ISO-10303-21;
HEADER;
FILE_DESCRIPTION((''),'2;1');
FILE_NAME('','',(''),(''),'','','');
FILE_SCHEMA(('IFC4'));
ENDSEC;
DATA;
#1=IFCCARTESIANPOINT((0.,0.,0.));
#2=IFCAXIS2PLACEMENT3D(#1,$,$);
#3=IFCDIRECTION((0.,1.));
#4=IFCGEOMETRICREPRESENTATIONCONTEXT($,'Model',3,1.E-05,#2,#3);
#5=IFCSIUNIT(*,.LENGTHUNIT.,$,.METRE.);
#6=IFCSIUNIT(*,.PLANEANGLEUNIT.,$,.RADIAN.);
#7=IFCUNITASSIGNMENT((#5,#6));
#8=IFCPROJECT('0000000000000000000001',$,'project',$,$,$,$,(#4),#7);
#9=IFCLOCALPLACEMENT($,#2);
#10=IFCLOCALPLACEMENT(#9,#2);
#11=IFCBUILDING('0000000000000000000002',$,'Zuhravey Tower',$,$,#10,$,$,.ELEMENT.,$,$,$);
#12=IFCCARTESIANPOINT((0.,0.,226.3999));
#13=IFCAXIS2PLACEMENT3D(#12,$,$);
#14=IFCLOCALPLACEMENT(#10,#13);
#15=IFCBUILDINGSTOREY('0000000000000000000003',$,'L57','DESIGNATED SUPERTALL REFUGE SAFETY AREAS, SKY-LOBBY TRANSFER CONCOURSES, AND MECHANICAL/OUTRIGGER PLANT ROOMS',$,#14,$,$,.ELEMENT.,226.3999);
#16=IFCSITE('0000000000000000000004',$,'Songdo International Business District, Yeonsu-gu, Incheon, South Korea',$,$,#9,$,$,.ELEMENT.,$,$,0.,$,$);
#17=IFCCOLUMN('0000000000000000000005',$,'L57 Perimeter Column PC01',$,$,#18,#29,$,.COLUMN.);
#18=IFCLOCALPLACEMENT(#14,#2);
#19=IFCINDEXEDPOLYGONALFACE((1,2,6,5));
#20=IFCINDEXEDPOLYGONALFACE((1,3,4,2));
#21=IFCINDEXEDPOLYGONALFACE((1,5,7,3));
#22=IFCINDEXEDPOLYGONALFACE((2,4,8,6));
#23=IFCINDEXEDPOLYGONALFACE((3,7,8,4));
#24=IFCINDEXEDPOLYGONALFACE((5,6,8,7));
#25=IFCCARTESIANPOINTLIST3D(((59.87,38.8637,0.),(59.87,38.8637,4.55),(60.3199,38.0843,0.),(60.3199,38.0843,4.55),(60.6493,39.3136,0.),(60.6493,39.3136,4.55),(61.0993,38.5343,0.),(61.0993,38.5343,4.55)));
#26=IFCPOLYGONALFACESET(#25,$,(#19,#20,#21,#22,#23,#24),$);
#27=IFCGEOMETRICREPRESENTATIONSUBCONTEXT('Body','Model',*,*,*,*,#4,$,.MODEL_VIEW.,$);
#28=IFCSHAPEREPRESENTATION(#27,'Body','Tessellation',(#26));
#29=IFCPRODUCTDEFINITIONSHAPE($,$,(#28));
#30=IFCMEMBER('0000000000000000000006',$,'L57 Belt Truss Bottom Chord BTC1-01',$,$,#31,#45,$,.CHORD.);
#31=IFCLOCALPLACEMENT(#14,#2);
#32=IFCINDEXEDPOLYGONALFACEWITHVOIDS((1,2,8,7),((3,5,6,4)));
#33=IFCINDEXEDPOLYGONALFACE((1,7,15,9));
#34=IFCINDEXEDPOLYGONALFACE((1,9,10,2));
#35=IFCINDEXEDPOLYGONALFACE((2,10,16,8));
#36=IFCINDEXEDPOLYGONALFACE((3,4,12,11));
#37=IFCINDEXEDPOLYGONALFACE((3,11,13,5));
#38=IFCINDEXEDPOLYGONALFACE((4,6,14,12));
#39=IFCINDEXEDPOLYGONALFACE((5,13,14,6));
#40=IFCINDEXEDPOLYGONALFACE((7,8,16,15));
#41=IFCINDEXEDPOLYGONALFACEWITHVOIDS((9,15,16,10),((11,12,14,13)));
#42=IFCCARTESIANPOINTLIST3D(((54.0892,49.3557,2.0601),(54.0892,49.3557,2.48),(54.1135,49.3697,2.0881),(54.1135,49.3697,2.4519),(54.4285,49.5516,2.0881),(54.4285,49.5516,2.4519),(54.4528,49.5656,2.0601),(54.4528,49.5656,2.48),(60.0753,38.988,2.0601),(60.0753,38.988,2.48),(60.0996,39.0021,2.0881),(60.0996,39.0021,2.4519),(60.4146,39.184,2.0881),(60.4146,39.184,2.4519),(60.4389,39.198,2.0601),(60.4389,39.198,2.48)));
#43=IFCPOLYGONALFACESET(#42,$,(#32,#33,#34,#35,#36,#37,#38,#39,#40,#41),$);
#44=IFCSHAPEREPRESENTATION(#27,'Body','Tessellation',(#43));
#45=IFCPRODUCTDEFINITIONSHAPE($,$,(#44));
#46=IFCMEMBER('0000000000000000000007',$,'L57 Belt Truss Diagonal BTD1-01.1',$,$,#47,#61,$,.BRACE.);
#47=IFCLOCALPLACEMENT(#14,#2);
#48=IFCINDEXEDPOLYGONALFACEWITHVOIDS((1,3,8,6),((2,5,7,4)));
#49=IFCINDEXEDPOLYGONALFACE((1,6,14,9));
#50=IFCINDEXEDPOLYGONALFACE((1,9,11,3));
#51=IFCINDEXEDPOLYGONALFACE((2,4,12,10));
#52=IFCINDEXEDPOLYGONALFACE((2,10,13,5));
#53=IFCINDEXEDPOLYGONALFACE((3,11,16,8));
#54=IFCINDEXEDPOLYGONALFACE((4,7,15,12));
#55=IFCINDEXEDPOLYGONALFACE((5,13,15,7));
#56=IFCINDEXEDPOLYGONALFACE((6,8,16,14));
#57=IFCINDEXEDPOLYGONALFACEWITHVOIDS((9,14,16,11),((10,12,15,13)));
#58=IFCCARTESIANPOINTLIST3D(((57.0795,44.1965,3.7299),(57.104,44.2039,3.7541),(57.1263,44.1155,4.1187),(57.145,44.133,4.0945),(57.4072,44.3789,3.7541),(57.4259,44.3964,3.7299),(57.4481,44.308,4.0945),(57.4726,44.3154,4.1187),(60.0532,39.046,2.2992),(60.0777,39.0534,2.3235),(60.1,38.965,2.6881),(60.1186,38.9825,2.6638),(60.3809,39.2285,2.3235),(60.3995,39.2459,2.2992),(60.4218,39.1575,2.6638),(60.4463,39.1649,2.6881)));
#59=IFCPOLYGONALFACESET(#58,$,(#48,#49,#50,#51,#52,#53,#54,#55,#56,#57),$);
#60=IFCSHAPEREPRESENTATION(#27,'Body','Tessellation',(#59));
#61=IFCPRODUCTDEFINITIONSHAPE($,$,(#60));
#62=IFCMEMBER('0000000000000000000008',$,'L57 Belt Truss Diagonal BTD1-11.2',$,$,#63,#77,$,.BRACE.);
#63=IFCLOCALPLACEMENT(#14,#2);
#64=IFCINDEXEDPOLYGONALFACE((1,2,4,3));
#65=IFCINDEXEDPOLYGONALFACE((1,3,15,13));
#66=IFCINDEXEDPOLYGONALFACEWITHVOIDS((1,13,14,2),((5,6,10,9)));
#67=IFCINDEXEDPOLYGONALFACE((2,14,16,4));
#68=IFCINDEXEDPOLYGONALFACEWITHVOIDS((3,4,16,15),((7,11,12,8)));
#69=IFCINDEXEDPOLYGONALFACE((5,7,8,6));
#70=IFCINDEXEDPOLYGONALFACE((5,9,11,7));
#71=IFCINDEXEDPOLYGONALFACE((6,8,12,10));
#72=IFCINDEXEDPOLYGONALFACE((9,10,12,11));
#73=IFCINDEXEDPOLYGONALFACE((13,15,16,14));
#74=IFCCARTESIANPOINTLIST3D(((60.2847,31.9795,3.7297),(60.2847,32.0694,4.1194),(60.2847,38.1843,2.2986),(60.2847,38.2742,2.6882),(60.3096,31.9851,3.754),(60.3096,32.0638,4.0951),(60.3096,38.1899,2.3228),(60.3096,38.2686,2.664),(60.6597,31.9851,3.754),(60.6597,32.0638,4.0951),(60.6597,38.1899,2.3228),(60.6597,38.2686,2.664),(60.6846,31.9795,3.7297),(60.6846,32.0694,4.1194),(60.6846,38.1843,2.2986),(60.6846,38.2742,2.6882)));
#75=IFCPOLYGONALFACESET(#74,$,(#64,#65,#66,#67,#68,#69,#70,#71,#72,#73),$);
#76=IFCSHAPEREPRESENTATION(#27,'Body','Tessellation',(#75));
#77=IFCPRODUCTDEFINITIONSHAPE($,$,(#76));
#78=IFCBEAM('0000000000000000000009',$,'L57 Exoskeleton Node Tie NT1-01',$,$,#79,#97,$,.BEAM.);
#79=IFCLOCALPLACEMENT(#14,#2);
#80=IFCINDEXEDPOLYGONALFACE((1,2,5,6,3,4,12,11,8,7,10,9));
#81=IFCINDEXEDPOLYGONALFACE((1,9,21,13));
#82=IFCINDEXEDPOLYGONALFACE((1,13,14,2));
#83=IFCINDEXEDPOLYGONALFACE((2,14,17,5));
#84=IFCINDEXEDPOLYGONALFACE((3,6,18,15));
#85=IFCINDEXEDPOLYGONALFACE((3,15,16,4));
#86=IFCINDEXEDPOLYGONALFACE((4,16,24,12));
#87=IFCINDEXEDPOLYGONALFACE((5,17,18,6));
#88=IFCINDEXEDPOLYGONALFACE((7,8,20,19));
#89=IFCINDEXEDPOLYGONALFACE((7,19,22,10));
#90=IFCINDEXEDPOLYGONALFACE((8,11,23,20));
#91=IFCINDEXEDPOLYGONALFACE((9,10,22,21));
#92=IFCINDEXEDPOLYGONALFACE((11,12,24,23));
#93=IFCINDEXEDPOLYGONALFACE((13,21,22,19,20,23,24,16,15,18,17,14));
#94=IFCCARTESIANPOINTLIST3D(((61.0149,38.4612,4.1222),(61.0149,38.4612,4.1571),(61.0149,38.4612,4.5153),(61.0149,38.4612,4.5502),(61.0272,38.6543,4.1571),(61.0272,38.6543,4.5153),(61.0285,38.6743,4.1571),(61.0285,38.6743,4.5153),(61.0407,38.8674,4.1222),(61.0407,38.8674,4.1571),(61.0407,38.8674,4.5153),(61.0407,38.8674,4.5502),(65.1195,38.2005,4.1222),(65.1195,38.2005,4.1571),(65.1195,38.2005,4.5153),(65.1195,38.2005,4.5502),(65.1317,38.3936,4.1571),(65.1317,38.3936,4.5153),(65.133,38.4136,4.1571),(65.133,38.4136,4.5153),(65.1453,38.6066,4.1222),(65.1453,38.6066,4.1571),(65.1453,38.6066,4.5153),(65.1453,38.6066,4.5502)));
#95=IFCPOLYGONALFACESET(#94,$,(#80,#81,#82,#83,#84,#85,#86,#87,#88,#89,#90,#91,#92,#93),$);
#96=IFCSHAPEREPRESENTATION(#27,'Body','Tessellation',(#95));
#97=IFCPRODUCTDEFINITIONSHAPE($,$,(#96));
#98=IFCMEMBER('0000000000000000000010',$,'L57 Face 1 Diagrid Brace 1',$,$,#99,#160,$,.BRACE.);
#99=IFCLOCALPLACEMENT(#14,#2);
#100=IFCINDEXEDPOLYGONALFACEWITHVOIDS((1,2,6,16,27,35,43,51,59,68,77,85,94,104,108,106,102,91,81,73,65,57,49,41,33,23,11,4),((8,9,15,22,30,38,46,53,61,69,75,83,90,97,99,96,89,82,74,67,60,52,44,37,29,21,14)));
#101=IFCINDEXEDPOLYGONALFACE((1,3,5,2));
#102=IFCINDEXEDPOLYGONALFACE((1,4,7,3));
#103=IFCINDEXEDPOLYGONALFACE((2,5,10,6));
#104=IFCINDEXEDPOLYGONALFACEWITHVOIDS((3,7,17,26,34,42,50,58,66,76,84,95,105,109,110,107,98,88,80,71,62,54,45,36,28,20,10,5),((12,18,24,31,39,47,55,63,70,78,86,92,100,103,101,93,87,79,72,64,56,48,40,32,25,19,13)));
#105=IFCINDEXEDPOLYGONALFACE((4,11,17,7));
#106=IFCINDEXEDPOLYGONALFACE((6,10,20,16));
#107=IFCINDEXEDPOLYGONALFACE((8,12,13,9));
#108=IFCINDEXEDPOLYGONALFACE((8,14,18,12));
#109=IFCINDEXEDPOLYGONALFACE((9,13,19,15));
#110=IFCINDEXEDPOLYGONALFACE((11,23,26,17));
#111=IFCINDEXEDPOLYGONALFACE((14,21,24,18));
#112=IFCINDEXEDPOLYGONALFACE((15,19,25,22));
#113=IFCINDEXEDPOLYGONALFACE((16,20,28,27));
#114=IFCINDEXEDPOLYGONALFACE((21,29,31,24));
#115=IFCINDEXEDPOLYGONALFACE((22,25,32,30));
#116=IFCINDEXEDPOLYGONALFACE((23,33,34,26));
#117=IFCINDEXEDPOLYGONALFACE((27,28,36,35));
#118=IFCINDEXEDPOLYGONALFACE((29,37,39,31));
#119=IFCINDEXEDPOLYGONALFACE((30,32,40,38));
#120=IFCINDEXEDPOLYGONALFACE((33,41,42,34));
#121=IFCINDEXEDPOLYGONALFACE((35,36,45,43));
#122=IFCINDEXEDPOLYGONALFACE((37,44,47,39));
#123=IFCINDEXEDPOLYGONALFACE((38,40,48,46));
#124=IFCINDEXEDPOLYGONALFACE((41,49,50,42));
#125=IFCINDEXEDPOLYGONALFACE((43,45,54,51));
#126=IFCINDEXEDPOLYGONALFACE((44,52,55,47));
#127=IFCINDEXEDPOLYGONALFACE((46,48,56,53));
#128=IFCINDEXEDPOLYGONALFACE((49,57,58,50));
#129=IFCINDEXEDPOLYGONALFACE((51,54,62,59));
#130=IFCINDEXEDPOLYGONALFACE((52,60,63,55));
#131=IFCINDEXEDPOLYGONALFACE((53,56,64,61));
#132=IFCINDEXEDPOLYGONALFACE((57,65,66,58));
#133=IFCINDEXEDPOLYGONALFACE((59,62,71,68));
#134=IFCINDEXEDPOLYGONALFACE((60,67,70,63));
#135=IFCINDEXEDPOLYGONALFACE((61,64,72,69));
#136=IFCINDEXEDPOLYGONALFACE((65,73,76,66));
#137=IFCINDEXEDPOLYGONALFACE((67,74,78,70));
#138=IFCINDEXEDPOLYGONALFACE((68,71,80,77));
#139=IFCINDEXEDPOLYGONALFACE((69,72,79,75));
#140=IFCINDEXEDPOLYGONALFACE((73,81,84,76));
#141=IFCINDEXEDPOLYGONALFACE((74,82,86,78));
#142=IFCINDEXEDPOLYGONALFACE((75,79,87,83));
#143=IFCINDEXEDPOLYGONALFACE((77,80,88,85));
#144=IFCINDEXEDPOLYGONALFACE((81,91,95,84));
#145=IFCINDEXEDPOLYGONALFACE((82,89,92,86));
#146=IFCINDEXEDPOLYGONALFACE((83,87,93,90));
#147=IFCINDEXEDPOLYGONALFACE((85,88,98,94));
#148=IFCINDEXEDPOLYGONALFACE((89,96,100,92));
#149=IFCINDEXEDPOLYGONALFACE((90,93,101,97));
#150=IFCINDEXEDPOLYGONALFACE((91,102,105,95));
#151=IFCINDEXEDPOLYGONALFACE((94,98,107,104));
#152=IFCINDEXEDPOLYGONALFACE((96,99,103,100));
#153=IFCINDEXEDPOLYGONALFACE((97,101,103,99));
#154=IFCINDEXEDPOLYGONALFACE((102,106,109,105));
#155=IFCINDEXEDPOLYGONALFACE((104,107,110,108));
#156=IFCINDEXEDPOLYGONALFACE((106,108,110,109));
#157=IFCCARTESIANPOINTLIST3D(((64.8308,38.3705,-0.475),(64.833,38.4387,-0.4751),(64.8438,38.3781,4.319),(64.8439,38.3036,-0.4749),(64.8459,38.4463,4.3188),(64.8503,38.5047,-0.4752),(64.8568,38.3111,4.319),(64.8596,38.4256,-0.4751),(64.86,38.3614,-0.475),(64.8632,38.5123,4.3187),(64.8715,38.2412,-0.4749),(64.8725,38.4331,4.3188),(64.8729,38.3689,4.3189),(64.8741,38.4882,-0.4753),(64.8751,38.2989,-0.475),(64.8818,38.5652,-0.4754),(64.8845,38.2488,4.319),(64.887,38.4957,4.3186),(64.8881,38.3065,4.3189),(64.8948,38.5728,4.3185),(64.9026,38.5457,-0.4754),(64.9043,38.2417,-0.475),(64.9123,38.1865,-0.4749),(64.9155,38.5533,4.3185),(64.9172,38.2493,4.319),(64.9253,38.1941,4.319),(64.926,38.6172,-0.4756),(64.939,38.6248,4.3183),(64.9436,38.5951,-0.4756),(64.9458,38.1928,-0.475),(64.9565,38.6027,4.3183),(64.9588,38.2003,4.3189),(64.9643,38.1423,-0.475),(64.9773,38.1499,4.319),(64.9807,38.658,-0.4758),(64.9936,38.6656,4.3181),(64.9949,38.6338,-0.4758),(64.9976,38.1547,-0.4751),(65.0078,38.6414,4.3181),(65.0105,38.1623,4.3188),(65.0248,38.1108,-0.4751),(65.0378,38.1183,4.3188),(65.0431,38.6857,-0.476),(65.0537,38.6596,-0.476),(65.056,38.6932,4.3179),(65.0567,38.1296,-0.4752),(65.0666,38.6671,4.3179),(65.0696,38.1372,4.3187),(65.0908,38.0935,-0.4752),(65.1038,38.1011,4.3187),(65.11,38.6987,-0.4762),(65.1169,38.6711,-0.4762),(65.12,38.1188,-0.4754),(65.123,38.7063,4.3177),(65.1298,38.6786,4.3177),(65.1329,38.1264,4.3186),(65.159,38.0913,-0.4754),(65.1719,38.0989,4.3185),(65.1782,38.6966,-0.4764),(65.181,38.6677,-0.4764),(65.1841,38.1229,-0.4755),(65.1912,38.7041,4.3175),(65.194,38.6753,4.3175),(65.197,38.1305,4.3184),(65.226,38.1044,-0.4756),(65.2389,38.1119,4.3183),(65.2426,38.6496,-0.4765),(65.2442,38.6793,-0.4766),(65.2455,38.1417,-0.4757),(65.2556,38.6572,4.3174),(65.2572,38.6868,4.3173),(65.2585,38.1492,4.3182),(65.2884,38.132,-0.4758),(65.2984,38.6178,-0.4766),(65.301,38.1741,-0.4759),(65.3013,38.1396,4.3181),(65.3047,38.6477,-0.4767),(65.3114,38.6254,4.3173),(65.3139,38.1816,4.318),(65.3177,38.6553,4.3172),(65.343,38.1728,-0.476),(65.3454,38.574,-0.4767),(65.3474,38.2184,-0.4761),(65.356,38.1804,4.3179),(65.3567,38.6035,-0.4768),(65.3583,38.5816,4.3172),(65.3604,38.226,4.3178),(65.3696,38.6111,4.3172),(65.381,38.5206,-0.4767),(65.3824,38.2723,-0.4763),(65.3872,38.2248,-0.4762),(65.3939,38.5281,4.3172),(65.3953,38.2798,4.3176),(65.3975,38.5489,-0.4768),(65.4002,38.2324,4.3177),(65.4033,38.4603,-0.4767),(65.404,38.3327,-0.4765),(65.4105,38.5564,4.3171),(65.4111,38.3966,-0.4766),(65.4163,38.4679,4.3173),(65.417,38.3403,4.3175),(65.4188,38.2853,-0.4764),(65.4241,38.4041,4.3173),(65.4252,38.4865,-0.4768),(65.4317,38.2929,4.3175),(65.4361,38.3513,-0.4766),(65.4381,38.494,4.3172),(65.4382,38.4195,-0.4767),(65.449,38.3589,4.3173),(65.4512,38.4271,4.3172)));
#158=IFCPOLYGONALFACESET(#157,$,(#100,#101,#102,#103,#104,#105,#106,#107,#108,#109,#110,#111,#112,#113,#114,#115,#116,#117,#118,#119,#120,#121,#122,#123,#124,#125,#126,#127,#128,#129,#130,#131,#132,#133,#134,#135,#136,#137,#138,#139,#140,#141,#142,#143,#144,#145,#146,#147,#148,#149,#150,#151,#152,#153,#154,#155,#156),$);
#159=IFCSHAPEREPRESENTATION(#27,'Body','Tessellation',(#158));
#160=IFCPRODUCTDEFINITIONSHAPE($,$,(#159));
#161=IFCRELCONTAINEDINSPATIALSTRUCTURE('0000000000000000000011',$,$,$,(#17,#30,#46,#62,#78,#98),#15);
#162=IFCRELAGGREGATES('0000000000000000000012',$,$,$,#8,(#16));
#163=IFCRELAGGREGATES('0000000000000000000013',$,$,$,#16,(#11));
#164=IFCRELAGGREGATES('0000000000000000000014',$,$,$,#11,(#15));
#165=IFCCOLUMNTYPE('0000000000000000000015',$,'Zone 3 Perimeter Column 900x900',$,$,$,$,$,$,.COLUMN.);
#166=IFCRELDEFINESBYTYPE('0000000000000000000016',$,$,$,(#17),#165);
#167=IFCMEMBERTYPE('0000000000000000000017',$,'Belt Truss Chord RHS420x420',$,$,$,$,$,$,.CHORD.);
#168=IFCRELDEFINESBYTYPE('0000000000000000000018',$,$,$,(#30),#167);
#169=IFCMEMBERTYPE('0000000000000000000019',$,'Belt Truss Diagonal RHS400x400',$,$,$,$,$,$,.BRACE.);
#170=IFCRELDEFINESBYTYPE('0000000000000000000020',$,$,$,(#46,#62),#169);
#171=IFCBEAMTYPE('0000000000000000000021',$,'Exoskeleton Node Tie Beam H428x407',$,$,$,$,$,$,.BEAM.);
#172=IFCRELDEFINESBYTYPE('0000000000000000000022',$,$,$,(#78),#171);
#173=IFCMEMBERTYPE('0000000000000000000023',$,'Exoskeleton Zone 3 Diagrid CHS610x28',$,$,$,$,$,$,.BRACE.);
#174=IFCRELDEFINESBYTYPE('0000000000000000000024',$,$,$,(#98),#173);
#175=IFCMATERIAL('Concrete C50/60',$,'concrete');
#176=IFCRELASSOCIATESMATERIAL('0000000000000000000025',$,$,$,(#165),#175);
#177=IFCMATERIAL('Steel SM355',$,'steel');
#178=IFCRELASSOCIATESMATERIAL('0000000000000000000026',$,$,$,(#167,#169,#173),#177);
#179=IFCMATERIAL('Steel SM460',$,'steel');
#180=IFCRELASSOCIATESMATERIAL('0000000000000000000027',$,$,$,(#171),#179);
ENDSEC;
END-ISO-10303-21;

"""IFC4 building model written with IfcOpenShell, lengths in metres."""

from ifc_helpers import new_model, si_unit, direction, frame, origin, origin_2d, place, context, subcontext, project, spatial, rectangle, hollow_rectangle, hollow_circle, i_section, extrude, material, material_profile, profile_set, type_object, element, save


model = new_model("IFC4")

# Units and contexts
model_context = context("Model", 3, precision=1e-05, world=origin(), true_north=direction((0.0, 1.0)))
body_context = subcontext(model_context, "Body", "Model", "MODEL_VIEW")
ifc_project = project(units=[si_unit("LENGTHUNIT", "METRE"), si_unit("PLANEANGLEUNIT", "RADIAN")], contexts=[model_context])

# Site, building, storey
site_placement = place(None, origin())
site = spatial("IfcSite", under=ifc_project, at=site_placement, Name="Songdo International Business District, Yeonsu-gu, Incheon, South Korea", CompositionType="ELEMENT", RefElevation=0.0)
building_placement = place(site_placement, origin())
building = spatial("IfcBuilding", under=site, at=building_placement, Name="Zuhravey Tower", CompositionType="ELEMENT")
storey_placement = place(building_placement, frame((0.0, 0.0, 226.3999)))
storey = spatial("IfcBuildingStorey", under=building, at=storey_placement, Name="L57", Description="DESIGNATED SUPERTALL REFUGE SAFETY AREAS, SKY-LOBBY TRANSFER CONCOURSES, AND MECHANICAL/OUTRIGGER PLANT ROOMS", CompositionType="ELEMENT", Elevation=226.3999)

# Column
ifc_material_1 = material(Name="Concrete C50/60", Category="concrete")
ifc_material_profile_1 = material_profile(ifc_material_1, rectangle(XDim=0.8999, YDim=0.8999, at=origin_2d()), Name="RC-900x900")
ifc_profile_set_1 = profile_set([ifc_material_profile_1], Name="Concrete C50/60")
column_type = type_object("IfcColumnType", Name="Zone 3 Perimeter Column 900x900", PredefinedType="COLUMN", material=ifc_profile_set_1)
column_placement = place(storey_placement, frame((60.4846, 38.699, 0.0), z_axis=(0.0, 0.0, 1.0), x_axis=(-0.5, 0.866025, 0.0)))
element("IfcColumn", 1, at=column_placement, inside=storey, type_object=column_type, Name="L57 Perimeter Column PC01", PredefinedType="COLUMN", context=body_context, shape_type="SweptSolid", body=[
    extrude(rectangle(XDim=0.8999, YDim=0.8999, at=origin_2d()), origin(), (0.0, 0.0, 1.0), 4.55),
])

# Members
ifc_material_2 = material(Name="Steel SM355", Category="steel")
ifc_material_profile_2 = material_profile(ifc_material_2, hollow_rectangle(XDim=0.4199, YDim=0.4199, WallThickness=0.0281, at=origin_2d()), Name="RHS-420x420x28")
ifc_profile_set_2 = profile_set([ifc_material_profile_2], Name="Steel SM355")
member_type_1 = type_object("IfcMemberType", Name="Belt Truss Chord RHS420x420", PredefinedType="CHORD", material=ifc_profile_set_2)
member_1_placement = place(storey_placement, frame((60.2571, 39.093, 2.27), z_axis=(-0.500019, 0.866014, 0.0), x_axis=(-0.866014, -0.500019, 0.0)))
element("IfcMember", 2, at=member_1_placement, inside=storey, type_object=member_type_1, Name="L57 Belt Truss Bottom Chord BTC1-01", PredefinedType="CHORD", context=body_context, shape_type="SweptSolid", body=[
    extrude(hollow_rectangle(XDim=0.4199, YDim=0.4199, WallThickness=0.0281, at=origin_2d()), origin(), (0.0, 0.0, 1.0), 11.9717),
])
ifc_material_profile_3 = material_profile(ifc_material_2, hollow_rectangle(XDim=0.3999, YDim=0.3999, WallThickness=0.0249, at=origin_2d()), Name="RHS-400x400x25")
ifc_profile_set_3 = profile_set([ifc_material_profile_3], Name="Steel SM355")
member_type_2 = type_object("IfcMemberType", Name="Belt Truss Diagonal RHS400x400", PredefinedType="BRACE", material=ifc_profile_set_3)
member_2_placement = place(storey_placement, frame((60.2498, 39.1055, 2.4937), z_axis=(-0.486138, 0.842001, 0.233889), x_axis=(-0.866022, -0.500007, 0.0)))
element("IfcMember", 3, at=member_2_placement, inside=storey, type_object=member_type_2, Name="L57 Belt Truss Diagonal BTD1-01.1", PredefinedType="BRACE", context=body_context, shape_type="SweptSolid", body=[
    extrude(hollow_rectangle(XDim=0.3999, YDim=0.3999, WallThickness=0.0249, at=origin_2d()), origin(), (0.0, 0.0, 1.0), 6.1169),
])
member_3_placement = place(storey_placement, frame((60.4846, 38.2292, 2.4934), z_axis=(0.0, -0.974416, 0.22475), x_axis=(1.0, 0.0, 0.0)))
element("IfcMember", 4, at=member_3_placement, inside=storey, type_object=member_type_2, Name="L57 Belt Truss Diagonal BTD1-11.2", PredefinedType="BRACE", context=body_context, shape_type="SweptSolid", body=[
    extrude(hollow_rectangle(XDim=0.3999, YDim=0.3999, WallThickness=0.0249, at=origin_2d()), origin(), (0.0, 0.0, 1.0), 6.3677),
])

# Beam
ifc_material_3 = material(Name="Steel SM460", Category="steel")
ifc_material_profile_4 = material_profile(ifc_material_3, i_section(OverallWidth=0.407, OverallDepth=0.428, WebThickness=0.02, FlangeThickness=0.0349, at=origin_2d()), Name="H-428x407x20x35")
ifc_profile_set_4 = profile_set([ifc_material_profile_4], Name="Steel SM460")
beam_type_1 = type_object("IfcBeamType", Name="Exoskeleton Node Tie Beam H428x407", PredefinedType="BEAM", material=ifc_profile_set_4)
beam_1_placement = place(storey_placement, frame((61.0278, 38.6643, 4.3362), z_axis=(0.997988, -0.063398, 0.0), x_axis=(0.063398, 0.997988, 0.0)))
element("IfcBeam", 5, at=beam_1_placement, inside=storey, type_object=beam_type_1, Name="L57 Exoskeleton Node Tie NT1-01", PredefinedType="BEAM", context=body_context, shape_type="SweptSolid", body=[
    extrude(i_section(OverallWidth=0.407, OverallDepth=0.428, WebThickness=0.02, FlangeThickness=0.0349, at=origin_2d()), origin(), (0.0, 0.0, 1.0), 4.1128),
])

# Member
ifc_material_profile_5 = material_profile(ifc_material_2, hollow_circle(Radius=0.3047, WallThickness=0.0281, at=origin_2d()), Name="CHS-609.6x28")
ifc_profile_set_5 = profile_set([ifc_material_profile_5], Name="Steel SM355")
member_type_3 = type_object("IfcMemberType", Name="Exoskeleton Zone 3 Diagrid CHS610x28", PredefinedType="BRACE", material=ifc_profile_set_5)
member_4_placement = place(storey_placement, frame((65.1345, 38.395, -0.4758), z_axis=(0.002699, 0.001579, 0.999995), x_axis=(-0.504883, 0.863188, 0.0)))
element("IfcMember", 6, at=member_4_placement, inside=storey, type_object=member_type_3, Name="L57 Face 1 Diagrid Brace 1", PredefinedType="BRACE", context=body_context, shape_type="SweptSolid", body=[
    extrude(hollow_circle(Radius=0.3047, WallThickness=0.0281, at=origin_2d()), origin(), (0.0, 0.0, 1.0), 4.7939),
])

save(model, "model.ifc")
